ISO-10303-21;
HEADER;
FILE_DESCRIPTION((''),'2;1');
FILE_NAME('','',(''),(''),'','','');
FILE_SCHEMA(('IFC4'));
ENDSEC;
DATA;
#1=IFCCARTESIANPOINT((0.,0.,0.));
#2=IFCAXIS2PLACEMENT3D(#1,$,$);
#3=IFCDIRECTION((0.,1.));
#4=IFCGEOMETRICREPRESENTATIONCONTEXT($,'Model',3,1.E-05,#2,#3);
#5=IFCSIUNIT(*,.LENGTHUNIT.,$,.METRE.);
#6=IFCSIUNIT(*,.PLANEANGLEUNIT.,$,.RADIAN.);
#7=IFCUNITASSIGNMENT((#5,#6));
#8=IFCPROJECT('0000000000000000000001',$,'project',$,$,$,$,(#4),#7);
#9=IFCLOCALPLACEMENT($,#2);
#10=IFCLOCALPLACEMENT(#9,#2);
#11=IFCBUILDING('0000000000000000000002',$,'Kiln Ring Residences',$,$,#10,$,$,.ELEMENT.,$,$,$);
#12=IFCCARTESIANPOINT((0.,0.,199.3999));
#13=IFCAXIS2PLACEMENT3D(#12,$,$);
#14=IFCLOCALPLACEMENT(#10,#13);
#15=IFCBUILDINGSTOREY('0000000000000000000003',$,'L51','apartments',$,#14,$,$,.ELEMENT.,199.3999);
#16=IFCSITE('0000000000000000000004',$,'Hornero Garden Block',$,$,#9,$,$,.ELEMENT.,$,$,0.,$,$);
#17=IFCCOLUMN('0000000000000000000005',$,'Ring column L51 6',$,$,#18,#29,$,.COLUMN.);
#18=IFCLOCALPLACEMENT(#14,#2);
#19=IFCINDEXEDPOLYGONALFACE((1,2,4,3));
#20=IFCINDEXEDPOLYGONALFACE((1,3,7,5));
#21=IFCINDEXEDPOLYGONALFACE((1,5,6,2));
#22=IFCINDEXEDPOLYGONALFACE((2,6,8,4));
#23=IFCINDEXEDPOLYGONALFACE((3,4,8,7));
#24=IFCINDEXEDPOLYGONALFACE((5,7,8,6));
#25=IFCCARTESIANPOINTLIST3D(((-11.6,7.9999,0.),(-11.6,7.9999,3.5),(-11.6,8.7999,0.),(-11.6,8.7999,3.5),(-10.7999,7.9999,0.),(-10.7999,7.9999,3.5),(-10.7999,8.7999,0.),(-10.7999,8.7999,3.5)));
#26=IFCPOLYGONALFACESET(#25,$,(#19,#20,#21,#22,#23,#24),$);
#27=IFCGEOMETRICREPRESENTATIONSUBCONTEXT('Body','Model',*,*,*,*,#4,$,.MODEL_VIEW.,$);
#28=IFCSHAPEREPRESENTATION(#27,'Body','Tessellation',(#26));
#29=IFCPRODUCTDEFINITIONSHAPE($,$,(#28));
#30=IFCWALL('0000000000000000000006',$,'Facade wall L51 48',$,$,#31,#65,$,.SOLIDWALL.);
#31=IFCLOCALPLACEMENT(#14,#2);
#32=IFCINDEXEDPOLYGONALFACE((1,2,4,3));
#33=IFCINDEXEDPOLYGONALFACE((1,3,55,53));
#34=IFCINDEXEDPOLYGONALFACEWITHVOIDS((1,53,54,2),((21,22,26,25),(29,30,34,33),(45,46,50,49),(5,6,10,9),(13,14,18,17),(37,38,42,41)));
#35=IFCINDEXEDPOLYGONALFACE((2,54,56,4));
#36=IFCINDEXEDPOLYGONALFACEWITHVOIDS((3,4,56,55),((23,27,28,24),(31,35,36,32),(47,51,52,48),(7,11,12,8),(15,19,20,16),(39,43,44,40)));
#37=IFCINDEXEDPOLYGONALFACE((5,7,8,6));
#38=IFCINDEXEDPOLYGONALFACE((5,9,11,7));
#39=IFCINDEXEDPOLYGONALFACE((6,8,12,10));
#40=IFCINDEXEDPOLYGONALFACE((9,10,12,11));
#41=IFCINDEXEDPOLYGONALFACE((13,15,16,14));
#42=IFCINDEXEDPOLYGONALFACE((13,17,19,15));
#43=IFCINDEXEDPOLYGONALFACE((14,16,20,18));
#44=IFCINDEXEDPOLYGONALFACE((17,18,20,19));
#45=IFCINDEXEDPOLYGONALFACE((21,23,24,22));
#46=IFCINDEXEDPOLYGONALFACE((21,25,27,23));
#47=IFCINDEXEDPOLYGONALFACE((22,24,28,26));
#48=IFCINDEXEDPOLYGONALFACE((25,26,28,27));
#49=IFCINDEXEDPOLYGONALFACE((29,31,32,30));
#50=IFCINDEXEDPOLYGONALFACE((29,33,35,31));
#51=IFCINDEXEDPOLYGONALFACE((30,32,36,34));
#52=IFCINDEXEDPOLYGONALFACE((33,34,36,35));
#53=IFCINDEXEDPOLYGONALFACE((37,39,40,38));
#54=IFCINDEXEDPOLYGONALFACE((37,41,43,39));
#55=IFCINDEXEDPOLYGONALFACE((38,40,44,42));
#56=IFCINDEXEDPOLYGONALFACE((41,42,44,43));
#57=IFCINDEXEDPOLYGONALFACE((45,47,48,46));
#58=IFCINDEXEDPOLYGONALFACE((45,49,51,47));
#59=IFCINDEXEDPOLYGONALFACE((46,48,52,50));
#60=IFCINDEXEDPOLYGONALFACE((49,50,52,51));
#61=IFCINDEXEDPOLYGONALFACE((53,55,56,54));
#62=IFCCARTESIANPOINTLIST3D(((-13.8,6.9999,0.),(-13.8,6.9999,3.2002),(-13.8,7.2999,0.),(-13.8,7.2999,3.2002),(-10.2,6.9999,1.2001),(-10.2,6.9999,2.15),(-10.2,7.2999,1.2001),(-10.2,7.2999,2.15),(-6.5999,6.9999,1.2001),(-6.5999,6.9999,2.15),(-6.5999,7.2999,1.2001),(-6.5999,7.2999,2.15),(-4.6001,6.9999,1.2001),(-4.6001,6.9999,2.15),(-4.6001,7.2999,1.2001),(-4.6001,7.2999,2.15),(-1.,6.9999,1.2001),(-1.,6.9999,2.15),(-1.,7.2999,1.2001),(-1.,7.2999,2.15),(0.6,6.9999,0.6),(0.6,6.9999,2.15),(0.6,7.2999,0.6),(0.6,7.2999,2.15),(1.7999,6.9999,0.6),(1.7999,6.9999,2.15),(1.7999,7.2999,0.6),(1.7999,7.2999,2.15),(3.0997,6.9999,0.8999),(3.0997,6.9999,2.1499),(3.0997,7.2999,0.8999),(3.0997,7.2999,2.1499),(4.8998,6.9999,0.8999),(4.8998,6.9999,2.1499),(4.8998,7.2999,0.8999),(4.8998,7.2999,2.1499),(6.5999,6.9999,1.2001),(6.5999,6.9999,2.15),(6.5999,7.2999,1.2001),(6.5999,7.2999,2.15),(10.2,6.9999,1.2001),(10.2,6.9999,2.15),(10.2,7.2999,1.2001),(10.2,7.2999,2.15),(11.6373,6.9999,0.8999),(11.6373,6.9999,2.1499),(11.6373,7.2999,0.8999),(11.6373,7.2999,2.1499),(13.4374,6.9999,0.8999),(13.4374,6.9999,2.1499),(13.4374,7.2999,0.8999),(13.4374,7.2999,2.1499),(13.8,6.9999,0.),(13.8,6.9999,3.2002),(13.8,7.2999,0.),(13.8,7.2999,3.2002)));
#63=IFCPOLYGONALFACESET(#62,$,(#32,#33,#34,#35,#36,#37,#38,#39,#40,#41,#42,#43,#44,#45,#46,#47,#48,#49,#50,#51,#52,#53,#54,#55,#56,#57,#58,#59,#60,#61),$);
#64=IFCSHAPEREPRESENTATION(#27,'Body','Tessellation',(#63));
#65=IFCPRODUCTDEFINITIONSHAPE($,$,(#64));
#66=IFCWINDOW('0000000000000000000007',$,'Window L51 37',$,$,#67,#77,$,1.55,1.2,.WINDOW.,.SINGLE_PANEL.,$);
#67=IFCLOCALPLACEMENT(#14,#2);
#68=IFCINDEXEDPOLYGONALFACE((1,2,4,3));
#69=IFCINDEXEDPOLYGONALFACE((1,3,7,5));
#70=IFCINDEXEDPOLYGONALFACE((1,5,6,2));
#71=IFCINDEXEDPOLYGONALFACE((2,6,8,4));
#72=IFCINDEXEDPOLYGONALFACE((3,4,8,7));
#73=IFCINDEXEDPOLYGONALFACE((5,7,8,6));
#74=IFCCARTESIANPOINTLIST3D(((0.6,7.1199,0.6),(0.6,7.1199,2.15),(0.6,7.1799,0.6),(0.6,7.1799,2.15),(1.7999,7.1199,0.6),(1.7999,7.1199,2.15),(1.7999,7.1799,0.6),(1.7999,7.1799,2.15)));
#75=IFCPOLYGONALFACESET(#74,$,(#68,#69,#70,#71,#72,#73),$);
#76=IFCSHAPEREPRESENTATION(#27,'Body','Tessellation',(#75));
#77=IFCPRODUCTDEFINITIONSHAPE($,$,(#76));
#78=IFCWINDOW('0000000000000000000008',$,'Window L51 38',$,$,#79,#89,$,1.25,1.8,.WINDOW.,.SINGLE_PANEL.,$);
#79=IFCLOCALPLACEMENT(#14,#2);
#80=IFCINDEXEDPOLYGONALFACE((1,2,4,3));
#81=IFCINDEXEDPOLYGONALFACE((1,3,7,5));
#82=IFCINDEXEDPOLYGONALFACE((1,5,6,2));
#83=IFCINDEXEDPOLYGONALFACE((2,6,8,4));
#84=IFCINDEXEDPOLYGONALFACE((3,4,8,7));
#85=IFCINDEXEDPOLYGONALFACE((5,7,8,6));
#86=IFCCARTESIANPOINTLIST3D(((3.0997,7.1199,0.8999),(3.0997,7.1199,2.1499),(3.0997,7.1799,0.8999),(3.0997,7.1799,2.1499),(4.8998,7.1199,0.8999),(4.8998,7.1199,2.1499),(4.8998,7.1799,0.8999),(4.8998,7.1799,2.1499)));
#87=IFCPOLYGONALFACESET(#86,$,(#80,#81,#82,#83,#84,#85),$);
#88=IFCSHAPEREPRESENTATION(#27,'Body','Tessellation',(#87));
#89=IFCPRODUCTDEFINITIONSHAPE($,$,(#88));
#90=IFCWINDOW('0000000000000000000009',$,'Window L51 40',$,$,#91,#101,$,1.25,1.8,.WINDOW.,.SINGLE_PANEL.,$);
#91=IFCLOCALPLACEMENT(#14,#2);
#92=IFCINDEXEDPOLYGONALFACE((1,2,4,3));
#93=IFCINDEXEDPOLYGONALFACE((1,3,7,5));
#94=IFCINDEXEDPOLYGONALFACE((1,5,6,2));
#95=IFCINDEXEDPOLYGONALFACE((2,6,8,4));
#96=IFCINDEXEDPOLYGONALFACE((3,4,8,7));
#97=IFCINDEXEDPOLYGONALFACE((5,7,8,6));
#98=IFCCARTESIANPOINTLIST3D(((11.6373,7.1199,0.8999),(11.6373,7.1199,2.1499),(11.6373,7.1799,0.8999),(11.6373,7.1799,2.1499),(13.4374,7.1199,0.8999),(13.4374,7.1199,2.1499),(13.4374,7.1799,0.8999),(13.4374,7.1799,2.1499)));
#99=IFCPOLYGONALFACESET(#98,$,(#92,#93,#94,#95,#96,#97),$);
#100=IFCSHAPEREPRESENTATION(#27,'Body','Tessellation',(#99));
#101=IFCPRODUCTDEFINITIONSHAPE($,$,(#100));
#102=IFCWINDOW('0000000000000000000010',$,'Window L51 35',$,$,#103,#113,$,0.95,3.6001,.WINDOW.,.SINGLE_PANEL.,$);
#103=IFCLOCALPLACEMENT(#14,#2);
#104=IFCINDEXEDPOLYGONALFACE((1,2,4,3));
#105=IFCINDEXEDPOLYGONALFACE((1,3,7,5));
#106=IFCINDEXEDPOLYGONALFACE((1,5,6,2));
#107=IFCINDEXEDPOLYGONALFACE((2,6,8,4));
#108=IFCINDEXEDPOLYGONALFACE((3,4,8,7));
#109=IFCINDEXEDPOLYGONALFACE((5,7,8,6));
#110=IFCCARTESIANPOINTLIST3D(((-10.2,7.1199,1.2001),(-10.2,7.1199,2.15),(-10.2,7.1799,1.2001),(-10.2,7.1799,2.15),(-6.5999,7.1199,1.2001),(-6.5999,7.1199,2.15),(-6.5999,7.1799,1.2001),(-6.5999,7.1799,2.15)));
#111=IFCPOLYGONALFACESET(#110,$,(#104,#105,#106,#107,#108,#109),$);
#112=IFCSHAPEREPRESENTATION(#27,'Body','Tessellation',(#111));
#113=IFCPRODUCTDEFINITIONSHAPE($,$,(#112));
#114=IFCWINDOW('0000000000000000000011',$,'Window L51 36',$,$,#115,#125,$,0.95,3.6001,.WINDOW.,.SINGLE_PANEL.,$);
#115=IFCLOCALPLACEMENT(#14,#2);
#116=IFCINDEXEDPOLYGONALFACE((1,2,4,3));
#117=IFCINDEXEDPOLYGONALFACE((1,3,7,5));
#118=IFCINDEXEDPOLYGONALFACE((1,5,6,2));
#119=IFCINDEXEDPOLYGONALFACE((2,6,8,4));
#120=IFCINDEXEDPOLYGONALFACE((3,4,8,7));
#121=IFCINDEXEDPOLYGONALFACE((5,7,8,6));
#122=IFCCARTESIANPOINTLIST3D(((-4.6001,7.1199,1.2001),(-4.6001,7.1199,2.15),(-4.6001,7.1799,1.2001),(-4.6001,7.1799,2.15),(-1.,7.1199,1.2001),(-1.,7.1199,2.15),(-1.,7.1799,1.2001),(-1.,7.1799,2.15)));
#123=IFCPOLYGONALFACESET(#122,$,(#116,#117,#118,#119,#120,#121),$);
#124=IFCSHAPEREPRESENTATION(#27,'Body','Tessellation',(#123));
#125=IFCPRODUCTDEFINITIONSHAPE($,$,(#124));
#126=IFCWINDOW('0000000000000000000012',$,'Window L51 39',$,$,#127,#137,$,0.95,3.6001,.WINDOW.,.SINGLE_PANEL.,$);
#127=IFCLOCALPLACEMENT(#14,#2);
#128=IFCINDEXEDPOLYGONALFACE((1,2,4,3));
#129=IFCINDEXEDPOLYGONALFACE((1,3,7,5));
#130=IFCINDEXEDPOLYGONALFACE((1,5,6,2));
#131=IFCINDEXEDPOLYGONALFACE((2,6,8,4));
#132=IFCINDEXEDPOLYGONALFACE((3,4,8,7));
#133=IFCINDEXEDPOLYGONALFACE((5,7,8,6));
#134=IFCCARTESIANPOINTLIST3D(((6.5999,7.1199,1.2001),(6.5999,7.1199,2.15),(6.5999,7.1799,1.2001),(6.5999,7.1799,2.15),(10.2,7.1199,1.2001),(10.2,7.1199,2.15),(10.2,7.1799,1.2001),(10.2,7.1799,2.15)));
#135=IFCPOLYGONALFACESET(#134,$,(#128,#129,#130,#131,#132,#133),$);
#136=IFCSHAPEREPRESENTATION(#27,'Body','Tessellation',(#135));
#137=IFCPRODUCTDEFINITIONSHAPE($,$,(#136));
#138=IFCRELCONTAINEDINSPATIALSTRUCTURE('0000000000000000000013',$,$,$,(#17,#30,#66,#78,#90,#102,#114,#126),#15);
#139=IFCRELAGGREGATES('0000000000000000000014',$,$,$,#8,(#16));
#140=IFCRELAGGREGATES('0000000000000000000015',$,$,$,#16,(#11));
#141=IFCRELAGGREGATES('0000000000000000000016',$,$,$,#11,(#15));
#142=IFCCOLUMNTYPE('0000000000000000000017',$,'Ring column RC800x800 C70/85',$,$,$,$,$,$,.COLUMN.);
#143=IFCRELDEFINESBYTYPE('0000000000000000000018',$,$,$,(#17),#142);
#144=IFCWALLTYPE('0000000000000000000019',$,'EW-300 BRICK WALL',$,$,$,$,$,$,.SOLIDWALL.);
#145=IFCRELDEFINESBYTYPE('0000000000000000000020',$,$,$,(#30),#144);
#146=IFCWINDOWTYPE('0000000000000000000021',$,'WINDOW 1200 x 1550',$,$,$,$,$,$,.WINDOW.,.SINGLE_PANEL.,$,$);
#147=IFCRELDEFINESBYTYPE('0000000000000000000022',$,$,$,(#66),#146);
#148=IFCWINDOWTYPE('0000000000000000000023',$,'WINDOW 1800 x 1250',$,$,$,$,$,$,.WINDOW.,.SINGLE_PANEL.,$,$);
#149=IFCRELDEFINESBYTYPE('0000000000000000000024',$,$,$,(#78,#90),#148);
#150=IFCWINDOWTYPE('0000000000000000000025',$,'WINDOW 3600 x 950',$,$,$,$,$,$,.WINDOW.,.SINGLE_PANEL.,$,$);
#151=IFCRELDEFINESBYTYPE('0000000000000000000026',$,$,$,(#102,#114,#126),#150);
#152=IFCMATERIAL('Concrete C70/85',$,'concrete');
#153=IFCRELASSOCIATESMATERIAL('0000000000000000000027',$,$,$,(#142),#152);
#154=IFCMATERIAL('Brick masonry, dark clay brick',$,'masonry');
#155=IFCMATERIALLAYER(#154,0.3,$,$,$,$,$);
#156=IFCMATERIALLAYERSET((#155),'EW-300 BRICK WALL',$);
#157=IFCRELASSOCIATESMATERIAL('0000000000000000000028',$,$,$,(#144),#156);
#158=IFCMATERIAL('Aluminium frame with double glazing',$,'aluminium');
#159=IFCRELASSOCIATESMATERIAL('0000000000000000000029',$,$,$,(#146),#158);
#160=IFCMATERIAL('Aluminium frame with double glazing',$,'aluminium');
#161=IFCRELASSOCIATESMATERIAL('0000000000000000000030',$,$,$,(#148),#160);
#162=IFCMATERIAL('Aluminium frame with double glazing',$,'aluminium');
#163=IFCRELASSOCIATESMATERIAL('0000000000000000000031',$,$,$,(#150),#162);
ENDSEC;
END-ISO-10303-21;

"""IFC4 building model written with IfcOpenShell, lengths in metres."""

from ifc_helpers import new_model, si_unit, direction, frame, frame_2d, origin, origin_2d, place, context, subcontext, project, spatial, rectangle, extrude, material, layer, layer_set, material_profile, profile_set, type_object, element, fill, save


model = new_model("IFC4")

# Units and contexts
model_context = context("Model", 3, precision=1e-05, world=origin(), true_north=direction((0.0, 1.0)))
body_context = subcontext(model_context, "Body", "Model", "MODEL_VIEW")
ifc_project = project(units=[si_unit("LENGTHUNIT", "METRE"), si_unit("PLANEANGLEUNIT", "RADIAN")], contexts=[model_context])

# Site, building, storey
site_placement = place(None, origin())
site = spatial("IfcSite", under=ifc_project, at=site_placement, Name="Hornero Garden Block", CompositionType="ELEMENT", RefElevation=0.0)
building_placement = place(site_placement, origin())
building = spatial("IfcBuilding", under=site, at=building_placement, Name="Kiln Ring Residences", CompositionType="ELEMENT")
storey_placement = place(building_placement, frame((0.0, 0.0, 199.3999)))
storey = spatial("IfcBuildingStorey", under=building, at=storey_placement, Name="L51", Description="apartments", CompositionType="ELEMENT", Elevation=199.3999)

# Column
ifc_material_1 = material(Name="Concrete C70/85", Category="concrete")
ifc_material_profile = material_profile(ifc_material_1, rectangle(XDim=0.8, YDim=0.8, at=origin_2d()), Name="RC800x800")
ifc_profile_set = profile_set([ifc_material_profile], Name="Concrete C70/85")
column_type = type_object("IfcColumnType", Name="Ring column RC800x800 C70/85", PredefinedType="COLUMN", material=ifc_profile_set)
column_placement = place(storey_placement, frame((-11.2, 8.3999, 0.0), z_axis=(0.0, 0.0, 1.0), x_axis=(1.0, 0.0, 0.0)))
element("IfcColumn", 1, at=column_placement, inside=storey, type_object=column_type, Name="Ring column L51 6", PredefinedType="COLUMN", context=body_context, shape_type="SweptSolid", body=[
    extrude(rectangle(XDim=0.8, YDim=0.8, at=origin_2d()), origin(), (0.0, 0.0, 1.0), 3.5),
])

# Wall, openings, windows
ifc_material_2 = material(Name="Brick masonry, dark clay brick", Category="masonry")
ifc_layer_1 = layer(ifc_material_2, 0.3)
ifc_layer_set_1 = layer_set([ifc_layer_1], Name="EW-300 BRICK WALL")
wall_type_1 = type_object("IfcWallType", Name="EW-300 BRICK WALL", PredefinedType="SOLIDWALL", material=ifc_layer_set_1)
wall_1_placement = place(storey_placement, frame((-13.8, 7.1499, 0.0), z_axis=(0.0, 0.0, 1.0), x_axis=(1.0, 0.0, 0.0)))
wall_1 = element("IfcWall", 2, at=wall_1_placement, inside=storey, type_object=wall_type_1, Name="Facade wall L51 48", PredefinedType="SOLIDWALL", context=body_context, shape_type="SweptSolid", body=[
    extrude(rectangle(XDim=27.6001, YDim=0.3, at=frame_2d((13.8, 0.0))), origin(), (0.0, 0.0, 1.0), 3.2002),
])
opening_1_placement = place(wall_1_placement, frame((3.6001, 0.0, 1.2)))
opening_1 = element("IfcOpeningElement", 3, at=opening_1_placement, cuts=wall_1, PredefinedType="OPENING", context=body_context, shape_type="SweptSolid", body=[
    extrude(rectangle(XDim=3.6001, YDim=0.95, at=frame_2d((1.8, 0.4751))), frame((0.0, 0.1599, 0.0), z_axis=(0.0, -1.0, 0.0), x_axis=(1.0, 0.0, 0.0)), (0.0, 0.0, 1.0), 0.3201),
])
opening_2_placement = place(wall_1_placement, frame((9.2, 0.0, 1.2)))
opening_2 = element("IfcOpeningElement", 4, at=opening_2_placement, cuts=wall_1, PredefinedType="OPENING", context=body_context, shape_type="SweptSolid", body=[
    extrude(rectangle(XDim=3.6001, YDim=0.95, at=frame_2d((1.8, 0.4751))), frame((0.0, 0.1599, 0.0), z_axis=(0.0, -1.0, 0.0), x_axis=(1.0, 0.0, 0.0)), (0.0, 0.0, 1.0), 0.3201),
])
opening_3_placement = place(wall_1_placement, frame((14.3999, 0.0, 0.6001)))
opening_3 = element("IfcOpeningElement", 5, at=opening_3_placement, cuts=wall_1, PredefinedType="OPENING", context=body_context, shape_type="SweptSolid", body=[
    extrude(rectangle(XDim=1.2, YDim=1.55, at=frame_2d((0.6001, 0.7749))), frame((0.0, 0.1599, 0.0), z_axis=(0.0, -1.0, 0.0), x_axis=(1.0, 0.0, 0.0)), (0.0, 0.0, 1.0), 0.3201),
])
opening_4_placement = place(wall_1_placement, frame((16.8999, 0.0, 0.8999)))
opening_4 = element("IfcOpeningElement", 6, at=opening_4_placement, cuts=wall_1, PredefinedType="OPENING", context=body_context, shape_type="SweptSolid", body=[
    extrude(rectangle(XDim=1.8, YDim=1.25, at=frame_2d((0.8999, 0.625))), frame((0.0, 0.1599, 0.0), z_axis=(0.0, -1.0, 0.0), x_axis=(1.0, 0.0, 0.0)), (0.0, 0.0, 1.0), 0.3201),
])
opening_5_placement = place(wall_1_placement, frame((20.3999, 0.0, 1.2)))
opening_5 = element("IfcOpeningElement", 7, at=opening_5_placement, cuts=wall_1, PredefinedType="OPENING", context=body_context, shape_type="SweptSolid", body=[
    extrude(rectangle(XDim=3.6001, YDim=0.95, at=frame_2d((1.8, 0.4751))), frame((0.0, 0.1599, 0.0), z_axis=(0.0, -1.0, 0.0), x_axis=(1.0, 0.0, 0.0)), (0.0, 0.0, 1.0), 0.3201),
])
opening_6_placement = place(wall_1_placement, frame((25.4375, 0.0, 0.8999)))
opening_6 = element("IfcOpeningElement", 8, at=opening_6_placement, cuts=wall_1, PredefinedType="OPENING", context=body_context, shape_type="SweptSolid", body=[
    extrude(rectangle(XDim=1.8, YDim=1.25, at=frame_2d((0.8999, 0.625))), frame((0.0, 0.1599, 0.0), z_axis=(0.0, -1.0, 0.0), x_axis=(1.0, 0.0, 0.0)), (0.0, 0.0, 1.0), 0.3201),
])
ifc_material_3 = material(Name="Aluminium frame with double glazing", Category="aluminium")
window_type_1 = type_object("IfcWindowType", Name="WINDOW 1200 x 1550", PartitioningType="SINGLE_PANEL", PredefinedType="WINDOW", material=ifc_material_3)
window_1_placement = place(opening_3_placement, origin())
window_1 = element("IfcWindow", 9, at=window_1_placement, inside=storey, type_object=window_type_1, Name="Window L51 37", OverallHeight=1.55, OverallWidth=1.2, PartitioningType="SINGLE_PANEL", PredefinedType="WINDOW", context=body_context, shape_type="SweptSolid", body=[
    extrude(rectangle(XDim=1.2, YDim=1.55, at=frame_2d((0.6001, 0.7749))), frame((0.0, 0.03, 0.0), z_axis=(0.0, -1.0, 0.0), x_axis=(1.0, 0.0, 0.0)), (0.0, 0.0, 1.0), 0.0601),
])
fill(opening_3, window_1)
ifc_material_4 = material(Name="Aluminium frame with double glazing", Category="aluminium")
window_type_2 = type_object("IfcWindowType", Name="WINDOW 1800 x 1250", PartitioningType="SINGLE_PANEL", PredefinedType="WINDOW", material=ifc_material_4)
window_2_placement = place(opening_4_placement, origin())
window_2 = element("IfcWindow", 10, at=window_2_placement, inside=storey, type_object=window_type_2, Name="Window L51 38", OverallHeight=1.25, OverallWidth=1.8, PartitioningType="SINGLE_PANEL", PredefinedType="WINDOW", context=body_context, shape_type="SweptSolid", body=[
    extrude(rectangle(XDim=1.8, YDim=1.25, at=frame_2d((0.8999, 0.625))), frame((0.0, 0.03, 0.0), z_axis=(0.0, -1.0, 0.0), x_axis=(1.0, 0.0, 0.0)), (0.0, 0.0, 1.0), 0.0601),
])
fill(opening_4, window_2)
window_3_placement = place(opening_6_placement, origin())
window_3 = element("IfcWindow", 11, at=window_3_placement, inside=storey, type_object=window_type_2, Name="Window L51 40", OverallHeight=1.25, OverallWidth=1.8, PartitioningType="SINGLE_PANEL", PredefinedType="WINDOW", context=body_context, shape_type="SweptSolid", body=[
    extrude(rectangle(XDim=1.8, YDim=1.25, at=frame_2d((0.8999, 0.625))), frame((0.0, 0.03, 0.0), z_axis=(0.0, -1.0, 0.0), x_axis=(1.0, 0.0, 0.0)), (0.0, 0.0, 1.0), 0.0601),
])
fill(opening_6, window_3)
ifc_material_5 = material(Name="Aluminium frame with double glazing", Category="aluminium")
window_type_3 = type_object("IfcWindowType", Name="WINDOW 3600 x 950", PartitioningType="SINGLE_PANEL", PredefinedType="WINDOW", material=ifc_material_5)
window_4_placement = place(opening_1_placement, origin())
window_4 = element("IfcWindow", 12, at=window_4_placement, inside=storey, type_object=window_type_3, Name="Window L51 35", OverallHeight=0.95, OverallWidth=3.6001, PartitioningType="SINGLE_PANEL", PredefinedType="WINDOW", context=body_context, shape_type="SweptSolid", body=[
    extrude(rectangle(XDim=3.6001, YDim=0.95, at=frame_2d((1.8, 0.4751))), frame((0.0, 0.03, 0.0), z_axis=(0.0, -1.0, 0.0), x_axis=(1.0, 0.0, 0.0)), (0.0, 0.0, 1.0), 0.0601),
])
fill(opening_1, window_4)
window_5_placement = place(opening_2_placement, origin())
window_5 = element("IfcWindow", 13, at=window_5_placement, inside=storey, type_object=window_type_3, Name="Window L51 36", OverallHeight=0.95, OverallWidth=3.6001, PartitioningType="SINGLE_PANEL", PredefinedType="WINDOW", context=body_context, shape_type="SweptSolid", body=[
    extrude(rectangle(XDim=3.6001, YDim=0.95, at=frame_2d((1.8, 0.4751))), frame((0.0, 0.03, 0.0), z_axis=(0.0, -1.0, 0.0), x_axis=(1.0, 0.0, 0.0)), (0.0, 0.0, 1.0), 0.0601),
])
fill(opening_2, window_5)
window_6_placement = place(opening_5_placement, origin())
window_6 = element("IfcWindow", 14, at=window_6_placement, inside=storey, type_object=window_type_3, Name="Window L51 39", OverallHeight=0.95, OverallWidth=3.6001, PartitioningType="SINGLE_PANEL", PredefinedType="WINDOW", context=body_context, shape_type="SweptSolid", body=[
    extrude(rectangle(XDim=3.6001, YDim=0.95, at=frame_2d((1.8, 0.4751))), frame((0.0, 0.03, 0.0), z_axis=(0.0, -1.0, 0.0), x_axis=(1.0, 0.0, 0.0)), (0.0, 0.0, 1.0), 0.0601),
])
fill(opening_5, window_6)

save(model, "model.ifc")
